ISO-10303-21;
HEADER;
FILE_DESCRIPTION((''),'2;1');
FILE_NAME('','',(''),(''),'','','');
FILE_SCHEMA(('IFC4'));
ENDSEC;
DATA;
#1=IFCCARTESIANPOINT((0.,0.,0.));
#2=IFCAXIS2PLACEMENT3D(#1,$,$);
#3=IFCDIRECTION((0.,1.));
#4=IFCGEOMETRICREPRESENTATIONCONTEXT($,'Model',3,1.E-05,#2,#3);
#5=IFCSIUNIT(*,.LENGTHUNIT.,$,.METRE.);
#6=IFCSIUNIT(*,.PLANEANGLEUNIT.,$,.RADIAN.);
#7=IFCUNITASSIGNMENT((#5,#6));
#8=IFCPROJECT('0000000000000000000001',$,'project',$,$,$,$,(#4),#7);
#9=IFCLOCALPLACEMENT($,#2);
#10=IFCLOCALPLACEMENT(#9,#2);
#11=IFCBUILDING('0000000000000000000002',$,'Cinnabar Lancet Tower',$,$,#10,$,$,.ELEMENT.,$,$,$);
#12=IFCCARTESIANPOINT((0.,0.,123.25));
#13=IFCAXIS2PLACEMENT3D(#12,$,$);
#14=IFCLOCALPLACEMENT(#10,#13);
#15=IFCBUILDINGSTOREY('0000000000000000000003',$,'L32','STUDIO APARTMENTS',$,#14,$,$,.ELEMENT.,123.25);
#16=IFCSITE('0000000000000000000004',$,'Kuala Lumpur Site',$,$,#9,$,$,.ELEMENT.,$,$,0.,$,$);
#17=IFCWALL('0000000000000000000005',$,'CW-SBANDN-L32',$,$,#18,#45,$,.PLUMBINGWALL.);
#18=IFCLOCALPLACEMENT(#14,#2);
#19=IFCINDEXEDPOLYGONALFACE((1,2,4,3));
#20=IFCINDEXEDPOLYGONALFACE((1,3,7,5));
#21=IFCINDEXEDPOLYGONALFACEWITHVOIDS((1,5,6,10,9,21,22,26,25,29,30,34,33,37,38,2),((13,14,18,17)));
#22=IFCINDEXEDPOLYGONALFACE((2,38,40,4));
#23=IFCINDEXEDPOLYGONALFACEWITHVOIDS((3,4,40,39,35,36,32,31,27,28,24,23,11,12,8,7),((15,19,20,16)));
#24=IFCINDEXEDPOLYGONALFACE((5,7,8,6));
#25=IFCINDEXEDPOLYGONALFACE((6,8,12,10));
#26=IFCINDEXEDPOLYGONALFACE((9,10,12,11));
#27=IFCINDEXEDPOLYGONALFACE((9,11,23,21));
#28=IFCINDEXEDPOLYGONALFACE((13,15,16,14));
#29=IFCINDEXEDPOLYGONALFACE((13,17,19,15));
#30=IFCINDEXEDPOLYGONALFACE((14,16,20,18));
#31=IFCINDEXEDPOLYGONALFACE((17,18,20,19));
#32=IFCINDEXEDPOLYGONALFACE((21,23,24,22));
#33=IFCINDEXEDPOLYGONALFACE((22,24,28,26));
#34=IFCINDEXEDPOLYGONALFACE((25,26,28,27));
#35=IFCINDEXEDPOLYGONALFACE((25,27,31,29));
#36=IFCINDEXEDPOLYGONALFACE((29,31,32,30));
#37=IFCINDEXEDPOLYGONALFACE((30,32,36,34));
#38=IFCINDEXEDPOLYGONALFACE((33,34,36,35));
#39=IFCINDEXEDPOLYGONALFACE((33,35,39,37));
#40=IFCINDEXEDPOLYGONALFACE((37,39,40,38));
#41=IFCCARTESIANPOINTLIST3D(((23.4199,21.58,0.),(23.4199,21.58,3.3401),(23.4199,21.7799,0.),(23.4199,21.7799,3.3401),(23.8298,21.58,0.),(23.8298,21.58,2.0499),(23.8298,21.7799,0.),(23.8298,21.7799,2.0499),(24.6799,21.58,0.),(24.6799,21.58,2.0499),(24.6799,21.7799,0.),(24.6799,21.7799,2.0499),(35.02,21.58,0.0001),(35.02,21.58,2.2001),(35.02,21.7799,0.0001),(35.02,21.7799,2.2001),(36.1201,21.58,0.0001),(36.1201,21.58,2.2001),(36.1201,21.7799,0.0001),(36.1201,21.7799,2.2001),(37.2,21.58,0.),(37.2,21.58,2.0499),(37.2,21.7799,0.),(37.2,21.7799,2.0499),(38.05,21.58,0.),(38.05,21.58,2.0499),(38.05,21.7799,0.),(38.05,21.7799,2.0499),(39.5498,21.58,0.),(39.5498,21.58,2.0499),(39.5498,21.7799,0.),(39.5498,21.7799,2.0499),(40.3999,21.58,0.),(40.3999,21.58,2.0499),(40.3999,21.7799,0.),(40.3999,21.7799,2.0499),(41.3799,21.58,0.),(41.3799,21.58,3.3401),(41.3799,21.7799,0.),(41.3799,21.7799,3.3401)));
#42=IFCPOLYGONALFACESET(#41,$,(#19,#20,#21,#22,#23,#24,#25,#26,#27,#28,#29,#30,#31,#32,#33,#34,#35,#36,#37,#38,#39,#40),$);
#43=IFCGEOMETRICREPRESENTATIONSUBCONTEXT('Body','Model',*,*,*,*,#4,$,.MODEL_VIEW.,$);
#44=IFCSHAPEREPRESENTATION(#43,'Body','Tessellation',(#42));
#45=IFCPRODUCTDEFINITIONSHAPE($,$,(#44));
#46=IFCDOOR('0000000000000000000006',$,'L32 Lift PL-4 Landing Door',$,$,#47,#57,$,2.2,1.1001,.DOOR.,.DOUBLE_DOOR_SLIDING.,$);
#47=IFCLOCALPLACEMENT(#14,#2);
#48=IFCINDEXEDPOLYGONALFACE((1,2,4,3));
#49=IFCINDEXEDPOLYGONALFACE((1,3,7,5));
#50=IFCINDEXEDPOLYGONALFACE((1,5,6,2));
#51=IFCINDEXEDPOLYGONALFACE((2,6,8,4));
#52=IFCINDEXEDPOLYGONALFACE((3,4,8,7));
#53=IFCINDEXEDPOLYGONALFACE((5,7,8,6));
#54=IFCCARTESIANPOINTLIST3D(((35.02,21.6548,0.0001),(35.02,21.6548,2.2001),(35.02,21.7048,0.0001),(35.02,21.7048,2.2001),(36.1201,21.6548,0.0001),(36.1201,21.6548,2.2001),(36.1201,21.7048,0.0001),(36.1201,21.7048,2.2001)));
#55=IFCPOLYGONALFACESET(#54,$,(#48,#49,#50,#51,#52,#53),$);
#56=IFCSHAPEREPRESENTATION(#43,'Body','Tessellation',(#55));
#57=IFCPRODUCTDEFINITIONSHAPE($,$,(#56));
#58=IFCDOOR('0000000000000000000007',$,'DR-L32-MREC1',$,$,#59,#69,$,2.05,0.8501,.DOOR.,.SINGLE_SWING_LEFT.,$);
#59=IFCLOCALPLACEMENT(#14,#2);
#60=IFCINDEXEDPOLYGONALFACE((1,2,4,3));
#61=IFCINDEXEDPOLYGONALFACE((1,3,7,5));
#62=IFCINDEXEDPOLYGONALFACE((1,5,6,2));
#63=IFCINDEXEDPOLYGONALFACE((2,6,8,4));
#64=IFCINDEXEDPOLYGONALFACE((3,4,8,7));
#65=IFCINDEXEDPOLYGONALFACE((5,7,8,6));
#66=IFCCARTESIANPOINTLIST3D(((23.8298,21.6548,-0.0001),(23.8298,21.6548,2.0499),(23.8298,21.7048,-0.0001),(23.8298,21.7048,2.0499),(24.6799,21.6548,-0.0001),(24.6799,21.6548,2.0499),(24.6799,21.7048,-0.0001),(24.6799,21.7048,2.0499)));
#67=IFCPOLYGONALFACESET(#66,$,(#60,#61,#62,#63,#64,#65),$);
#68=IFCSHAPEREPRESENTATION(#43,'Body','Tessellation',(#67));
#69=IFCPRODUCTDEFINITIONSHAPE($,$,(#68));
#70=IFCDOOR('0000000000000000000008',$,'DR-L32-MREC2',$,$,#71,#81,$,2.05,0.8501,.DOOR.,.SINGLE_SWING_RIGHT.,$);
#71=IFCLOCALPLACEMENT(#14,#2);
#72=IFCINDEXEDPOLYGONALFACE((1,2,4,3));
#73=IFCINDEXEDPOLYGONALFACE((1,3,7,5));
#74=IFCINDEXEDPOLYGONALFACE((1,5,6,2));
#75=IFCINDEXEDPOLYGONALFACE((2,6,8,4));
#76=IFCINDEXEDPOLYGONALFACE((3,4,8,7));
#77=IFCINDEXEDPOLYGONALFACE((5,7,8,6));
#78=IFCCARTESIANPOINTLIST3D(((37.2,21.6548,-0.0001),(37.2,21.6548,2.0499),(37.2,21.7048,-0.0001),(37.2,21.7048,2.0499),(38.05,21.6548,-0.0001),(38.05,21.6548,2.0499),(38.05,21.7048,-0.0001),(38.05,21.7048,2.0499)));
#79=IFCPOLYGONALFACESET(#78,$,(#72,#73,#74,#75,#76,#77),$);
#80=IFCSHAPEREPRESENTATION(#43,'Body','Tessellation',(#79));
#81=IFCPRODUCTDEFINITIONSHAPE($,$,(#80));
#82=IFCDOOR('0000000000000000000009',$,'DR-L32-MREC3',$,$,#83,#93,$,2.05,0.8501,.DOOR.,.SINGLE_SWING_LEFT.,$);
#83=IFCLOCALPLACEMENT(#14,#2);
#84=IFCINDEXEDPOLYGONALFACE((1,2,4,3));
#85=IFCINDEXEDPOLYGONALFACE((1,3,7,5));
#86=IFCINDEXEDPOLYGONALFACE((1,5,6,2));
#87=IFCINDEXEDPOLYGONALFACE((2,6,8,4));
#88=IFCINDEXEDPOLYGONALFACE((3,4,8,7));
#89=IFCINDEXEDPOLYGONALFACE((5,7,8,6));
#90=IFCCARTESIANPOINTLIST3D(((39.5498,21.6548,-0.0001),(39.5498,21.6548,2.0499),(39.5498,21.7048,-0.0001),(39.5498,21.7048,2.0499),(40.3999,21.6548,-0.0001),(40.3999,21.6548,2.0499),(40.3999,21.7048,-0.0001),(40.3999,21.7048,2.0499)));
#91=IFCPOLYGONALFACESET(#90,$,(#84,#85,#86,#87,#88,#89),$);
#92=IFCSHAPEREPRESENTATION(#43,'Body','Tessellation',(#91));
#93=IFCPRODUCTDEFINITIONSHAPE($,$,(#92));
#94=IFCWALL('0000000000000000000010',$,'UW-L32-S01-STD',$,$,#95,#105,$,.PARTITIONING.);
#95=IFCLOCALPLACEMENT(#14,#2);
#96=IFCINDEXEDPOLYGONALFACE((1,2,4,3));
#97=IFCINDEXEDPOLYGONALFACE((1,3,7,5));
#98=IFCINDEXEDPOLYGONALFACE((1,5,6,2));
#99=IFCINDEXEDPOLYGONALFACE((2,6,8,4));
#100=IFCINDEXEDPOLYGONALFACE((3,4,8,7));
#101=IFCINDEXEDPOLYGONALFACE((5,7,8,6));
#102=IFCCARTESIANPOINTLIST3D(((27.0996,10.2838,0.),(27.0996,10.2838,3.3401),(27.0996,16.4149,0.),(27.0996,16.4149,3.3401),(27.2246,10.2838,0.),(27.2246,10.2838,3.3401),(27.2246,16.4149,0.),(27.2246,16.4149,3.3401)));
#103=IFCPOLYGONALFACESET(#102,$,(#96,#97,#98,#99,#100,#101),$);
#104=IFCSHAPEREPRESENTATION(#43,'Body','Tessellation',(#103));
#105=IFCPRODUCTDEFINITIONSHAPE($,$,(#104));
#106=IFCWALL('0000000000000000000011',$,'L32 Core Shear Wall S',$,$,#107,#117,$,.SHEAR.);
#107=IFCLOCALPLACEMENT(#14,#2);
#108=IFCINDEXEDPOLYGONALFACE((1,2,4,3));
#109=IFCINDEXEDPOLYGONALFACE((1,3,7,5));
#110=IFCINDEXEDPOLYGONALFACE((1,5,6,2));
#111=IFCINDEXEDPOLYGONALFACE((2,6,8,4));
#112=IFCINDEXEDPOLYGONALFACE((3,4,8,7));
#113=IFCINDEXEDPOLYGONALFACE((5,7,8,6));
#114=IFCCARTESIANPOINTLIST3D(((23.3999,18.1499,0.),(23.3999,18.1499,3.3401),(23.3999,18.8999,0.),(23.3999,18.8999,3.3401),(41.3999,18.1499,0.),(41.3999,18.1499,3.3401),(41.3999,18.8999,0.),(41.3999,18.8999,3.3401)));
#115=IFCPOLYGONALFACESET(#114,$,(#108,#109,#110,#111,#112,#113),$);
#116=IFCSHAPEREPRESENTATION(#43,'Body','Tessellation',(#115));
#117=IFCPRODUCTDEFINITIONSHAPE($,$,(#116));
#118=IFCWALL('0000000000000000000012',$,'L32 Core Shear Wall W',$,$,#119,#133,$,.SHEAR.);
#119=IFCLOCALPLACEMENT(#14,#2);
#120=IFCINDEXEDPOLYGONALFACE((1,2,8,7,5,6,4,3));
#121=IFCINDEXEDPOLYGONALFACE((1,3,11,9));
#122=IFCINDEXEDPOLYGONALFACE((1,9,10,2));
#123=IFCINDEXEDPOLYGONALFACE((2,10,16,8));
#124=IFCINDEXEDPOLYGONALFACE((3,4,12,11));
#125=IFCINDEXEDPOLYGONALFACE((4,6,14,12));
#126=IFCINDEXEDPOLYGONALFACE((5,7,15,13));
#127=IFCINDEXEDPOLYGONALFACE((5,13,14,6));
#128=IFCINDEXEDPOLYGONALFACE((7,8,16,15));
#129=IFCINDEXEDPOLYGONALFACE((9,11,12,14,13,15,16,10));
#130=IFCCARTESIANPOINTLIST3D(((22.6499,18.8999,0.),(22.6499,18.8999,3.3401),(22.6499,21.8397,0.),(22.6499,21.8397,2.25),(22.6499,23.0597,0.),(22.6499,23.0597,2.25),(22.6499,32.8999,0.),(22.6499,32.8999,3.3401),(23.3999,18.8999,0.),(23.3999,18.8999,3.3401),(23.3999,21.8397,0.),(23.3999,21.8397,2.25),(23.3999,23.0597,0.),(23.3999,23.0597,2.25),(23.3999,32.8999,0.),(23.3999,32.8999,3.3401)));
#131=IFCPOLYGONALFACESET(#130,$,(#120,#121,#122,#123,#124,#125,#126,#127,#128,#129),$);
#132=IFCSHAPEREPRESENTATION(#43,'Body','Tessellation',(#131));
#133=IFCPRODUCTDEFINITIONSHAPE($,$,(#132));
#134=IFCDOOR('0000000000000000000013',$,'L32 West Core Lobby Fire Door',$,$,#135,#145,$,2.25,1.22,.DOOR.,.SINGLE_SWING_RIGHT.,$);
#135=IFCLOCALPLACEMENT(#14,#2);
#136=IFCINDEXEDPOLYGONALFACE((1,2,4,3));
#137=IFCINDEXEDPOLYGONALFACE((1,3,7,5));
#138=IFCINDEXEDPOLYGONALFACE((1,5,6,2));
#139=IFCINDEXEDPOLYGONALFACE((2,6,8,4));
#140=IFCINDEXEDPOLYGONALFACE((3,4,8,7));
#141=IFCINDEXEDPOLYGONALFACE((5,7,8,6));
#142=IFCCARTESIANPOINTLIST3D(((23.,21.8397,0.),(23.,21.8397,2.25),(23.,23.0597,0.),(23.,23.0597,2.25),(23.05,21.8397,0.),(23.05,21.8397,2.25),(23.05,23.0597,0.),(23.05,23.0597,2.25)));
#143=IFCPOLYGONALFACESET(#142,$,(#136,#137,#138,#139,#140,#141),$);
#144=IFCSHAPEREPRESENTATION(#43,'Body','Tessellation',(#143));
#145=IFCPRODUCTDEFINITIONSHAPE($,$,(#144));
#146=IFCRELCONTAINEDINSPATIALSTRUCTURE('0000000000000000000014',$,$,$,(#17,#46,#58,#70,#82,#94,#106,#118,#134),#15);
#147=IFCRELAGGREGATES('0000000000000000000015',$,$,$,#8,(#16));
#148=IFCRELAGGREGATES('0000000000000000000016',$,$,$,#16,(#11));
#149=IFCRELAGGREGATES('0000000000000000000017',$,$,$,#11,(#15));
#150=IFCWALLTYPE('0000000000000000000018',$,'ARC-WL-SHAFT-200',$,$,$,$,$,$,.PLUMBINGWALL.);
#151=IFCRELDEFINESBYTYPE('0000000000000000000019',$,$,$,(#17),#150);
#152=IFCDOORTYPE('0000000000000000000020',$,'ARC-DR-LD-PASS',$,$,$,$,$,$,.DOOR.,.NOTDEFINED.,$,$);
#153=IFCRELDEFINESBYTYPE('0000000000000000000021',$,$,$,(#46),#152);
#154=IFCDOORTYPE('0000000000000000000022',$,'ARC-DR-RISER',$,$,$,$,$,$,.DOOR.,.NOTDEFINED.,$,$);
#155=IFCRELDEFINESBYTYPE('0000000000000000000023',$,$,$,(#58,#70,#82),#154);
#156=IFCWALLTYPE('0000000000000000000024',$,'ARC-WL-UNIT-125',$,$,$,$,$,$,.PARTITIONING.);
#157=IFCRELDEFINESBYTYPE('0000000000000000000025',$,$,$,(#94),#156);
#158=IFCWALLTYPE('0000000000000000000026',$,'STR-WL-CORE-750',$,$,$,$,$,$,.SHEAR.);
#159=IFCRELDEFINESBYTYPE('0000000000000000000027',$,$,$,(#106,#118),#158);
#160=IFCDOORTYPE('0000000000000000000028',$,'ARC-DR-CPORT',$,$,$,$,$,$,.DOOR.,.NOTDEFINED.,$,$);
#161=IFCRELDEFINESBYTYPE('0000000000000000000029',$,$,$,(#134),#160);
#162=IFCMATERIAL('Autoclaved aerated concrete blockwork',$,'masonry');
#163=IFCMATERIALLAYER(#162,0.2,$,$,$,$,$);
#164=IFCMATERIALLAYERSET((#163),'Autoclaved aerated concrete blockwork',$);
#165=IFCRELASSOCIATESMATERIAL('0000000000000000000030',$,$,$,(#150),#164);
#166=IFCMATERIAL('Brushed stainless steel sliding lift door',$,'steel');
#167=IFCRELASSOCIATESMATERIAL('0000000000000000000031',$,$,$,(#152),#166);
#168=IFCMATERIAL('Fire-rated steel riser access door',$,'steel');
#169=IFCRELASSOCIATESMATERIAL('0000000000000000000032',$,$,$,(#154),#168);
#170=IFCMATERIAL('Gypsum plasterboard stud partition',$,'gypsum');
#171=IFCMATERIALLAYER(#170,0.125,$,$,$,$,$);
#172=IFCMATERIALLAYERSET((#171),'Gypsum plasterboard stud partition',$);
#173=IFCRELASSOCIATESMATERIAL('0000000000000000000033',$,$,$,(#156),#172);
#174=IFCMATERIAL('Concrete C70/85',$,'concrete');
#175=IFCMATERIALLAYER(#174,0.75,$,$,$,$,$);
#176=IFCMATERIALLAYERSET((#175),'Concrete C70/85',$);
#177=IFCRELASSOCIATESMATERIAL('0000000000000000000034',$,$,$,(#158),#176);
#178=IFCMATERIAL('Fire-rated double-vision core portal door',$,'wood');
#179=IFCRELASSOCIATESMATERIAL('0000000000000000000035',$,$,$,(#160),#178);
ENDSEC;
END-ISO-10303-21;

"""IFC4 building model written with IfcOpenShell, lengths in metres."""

from ifc_helpers import new_model, si_unit, direction, frame, frame_2d, origin, place, context, subcontext, project, spatial, rectangle, extrude, material, layer, layer_set, type_object, element, fill, save


model = new_model("IFC4")

# Units and contexts
model_context = context("Model", 3, precision=1e-05, world=origin(), true_north=direction((0.0, 1.0)))
body_context = subcontext(model_context, "Body", "Model", "MODEL_VIEW")
ifc_project = project(units=[si_unit("LENGTHUNIT", "METRE"), si_unit("PLANEANGLEUNIT", "RADIAN")], contexts=[model_context])

# Site, building, storey
site_placement = place(None, origin())
site = spatial("IfcSite", under=ifc_project, at=site_placement, Name="Kuala Lumpur Site", CompositionType="ELEMENT", RefElevation=0.0)
building_placement = place(site_placement, origin())
building = spatial("IfcBuilding", under=site, at=building_placement, Name="Cinnabar Lancet Tower", CompositionType="ELEMENT")
storey_placement = place(building_placement, frame((0.0, 0.0, 123.25)))
storey = spatial("IfcBuildingStorey", under=building, at=storey_placement, Name="L32", Description="STUDIO APARTMENTS", CompositionType="ELEMENT", Elevation=123.25)

# Shared definitions
ifc_material_1 = material(Name="Autoclaved aerated concrete blockwork", Category="masonry")
ifc_layer_1 = layer(ifc_material_1, 0.2)
ifc_layer_set_1 = layer_set([ifc_layer_1], Name="Autoclaved aerated concrete blockwork")
wall_type_1 = type_object("IfcWallType", Name="ARC-WL-SHAFT-200", PredefinedType="PLUMBINGWALL", material=ifc_layer_set_1)

# Shared definitions
ifc_material_2 = material(Name="Brushed stainless steel sliding lift door", Category="steel")
door_type_1 = type_object("IfcDoorType", Name="ARC-DR-LD-PASS", OperationType="NOTDEFINED", PredefinedType="DOOR", material=ifc_material_2)

# Wall, openings, doors
wall_1_placement = place(storey_placement, frame((23.4199, 21.6799, 0.0), z_axis=(0.0, 0.0, 1.0), x_axis=(1.0, 0.0, 0.0)))
wall_1 = element("IfcWall", 1, at=wall_1_placement, inside=storey, type_object=wall_type_1, Name="CW-SBANDN-L32", PredefinedType="PLUMBINGWALL", context=body_context, shape_type="SweptSolid", body=[
    extrude(rectangle(XDim=17.96, YDim=0.2, at=frame_2d((8.98, 0.0))), origin(), (0.0, 0.0, 1.0), 3.3401),
])
opening_1_placement = place(wall_1_placement, frame((11.6001, 0.0, 0.0)))
opening_1 = element("IfcOpeningElement", 2, at=opening_1_placement, cuts=wall_1, PredefinedType="OPENING", context=body_context, shape_type="SweptSolid", body=[
    extrude(rectangle(XDim=1.1001, YDim=2.2, at=frame_2d((0.55, 1.1001))), frame((0.0, 0.1099, 0.0), z_axis=(0.0, -1.0, 0.0), x_axis=(1.0, 0.0, 0.0)), (0.0, 0.0, 1.0), 0.22),
])
opening_2_placement = place(wall_1_placement, frame((0.4099, 0.0, 0.0)))
opening_2 = element("IfcOpeningElement", 3, at=opening_2_placement, cuts=wall_1, PredefinedType="OPENING", context=body_context, shape_type="SweptSolid", body=[
    extrude(rectangle(XDim=0.8501, YDim=2.05, at=frame_2d((0.425, 1.0249))), frame((0.0, 0.1099, 0.0), z_axis=(0.0, -1.0, 0.0), x_axis=(1.0, 0.0, 0.0)), (0.0, 0.0, 1.0), 0.22),
])
opening_3_placement = place(wall_1_placement, frame((13.78, 0.0, 0.0)))
opening_3 = element("IfcOpeningElement", 4, at=opening_3_placement, cuts=wall_1, PredefinedType="OPENING", context=body_context, shape_type="SweptSolid", body=[
    extrude(rectangle(XDim=0.8501, YDim=2.05, at=frame_2d((0.425, 1.0249))), frame((0.0, 0.1099, 0.0), z_axis=(0.0, -1.0, 0.0), x_axis=(1.0, 0.0, 0.0)), (0.0, 0.0, 1.0), 0.22),
])
opening_4_placement = place(wall_1_placement, frame((16.1299, 0.0, 0.0)))
opening_4 = element("IfcOpeningElement", 5, at=opening_4_placement, cuts=wall_1, PredefinedType="OPENING", context=body_context, shape_type="SweptSolid", body=[
    extrude(rectangle(XDim=0.8501, YDim=2.05, at=frame_2d((0.425, 1.0249))), frame((0.0, 0.1099, 0.0), z_axis=(0.0, -1.0, 0.0), x_axis=(1.0, 0.0, 0.0)), (0.0, 0.0, 1.0), 0.22),
])
door_1_placement = place(opening_1_placement, origin())
door_1 = element("IfcDoor", 6, at=door_1_placement, inside=storey, type_object=door_type_1, Name="L32 Lift PL-4 Landing Door", OperationType="DOUBLE_DOOR_SLIDING", OverallHeight=2.2, OverallWidth=1.1001, PredefinedType="DOOR", context=body_context, shape_type="SweptSolid", body=[
    extrude(rectangle(XDim=1.1001, YDim=2.2, at=frame_2d((0.55, 1.1001))), frame((0.0, 0.0249, 0.0), z_axis=(0.0, -1.0, 0.0), x_axis=(1.0, 0.0, 0.0)), (0.0, 0.0, 1.0), 0.05),
])
fill(opening_1, door_1)
ifc_material_3 = material(Name="Fire-rated steel riser access door", Category="steel")
door_type_2 = type_object("IfcDoorType", Name="ARC-DR-RISER", OperationType="NOTDEFINED", PredefinedType="DOOR", material=ifc_material_3)
door_2_placement = place(opening_2_placement, origin())
door_2 = element("IfcDoor", 7, at=door_2_placement, inside=storey, type_object=door_type_2, Name="DR-L32-MREC1", OperationType="SINGLE_SWING_LEFT", OverallHeight=2.05, OverallWidth=0.8501, PredefinedType="DOOR", context=body_context, shape_type="SweptSolid", body=[
    extrude(rectangle(XDim=0.8501, YDim=2.05, at=frame_2d((0.425, 1.0249))), frame((0.0, 0.0249, 0.0), z_axis=(0.0, -1.0, 0.0), x_axis=(1.0, 0.0, 0.0)), (0.0, 0.0, 1.0), 0.05),
])
fill(opening_2, door_2)
door_3_placement = place(opening_3_placement, origin())
door_3 = element("IfcDoor", 8, at=door_3_placement, inside=storey, type_object=door_type_2, Name="DR-L32-MREC2", OperationType="SINGLE_SWING_RIGHT", OverallHeight=2.05, OverallWidth=0.8501, PredefinedType="DOOR", context=body_context, shape_type="SweptSolid", body=[
    extrude(rectangle(XDim=0.8501, YDim=2.05, at=frame_2d((0.425, 1.0249))), frame((0.0, 0.0249, 0.0), z_axis=(0.0, -1.0, 0.0), x_axis=(1.0, 0.0, 0.0)), (0.0, 0.0, 1.0), 0.05),
])
fill(opening_3, door_3)
door_4_placement = place(opening_4_placement, origin())
door_4 = element("IfcDoor", 9, at=door_4_placement, inside=storey, type_object=door_type_2, Name="DR-L32-MREC3", OperationType="SINGLE_SWING_LEFT", OverallHeight=2.05, OverallWidth=0.8501, PredefinedType="DOOR", context=body_context, shape_type="SweptSolid", body=[
    extrude(rectangle(XDim=0.8501, YDim=2.05, at=frame_2d((0.425, 1.0249))), frame((0.0, 0.0249, 0.0), z_axis=(0.0, -1.0, 0.0), x_axis=(1.0, 0.0, 0.0)), (0.0, 0.0, 1.0), 0.05),
])
fill(opening_4, door_4)

# Walls
ifc_material_4 = material(Name="Gypsum plasterboard stud partition", Category="gypsum")
ifc_layer_2 = layer(ifc_material_4, 0.125)
ifc_layer_set_2 = layer_set([ifc_layer_2], Name="Gypsum plasterboard stud partition")
wall_type_2 = type_object("IfcWallType", Name="ARC-WL-UNIT-125", PredefinedType="PARTITIONING", material=ifc_layer_set_2)
wall_2_placement = place(storey_placement, frame((27.1621, 10.2839, 0.0), z_axis=(0.0, 0.0, 1.0), x_axis=(0.0, 1.0, 0.0)))
element("IfcWall", 10, at=wall_2_placement, inside=storey, type_object=wall_type_2, Name="UW-L32-S01-STD", PredefinedType="PARTITIONING", context=body_context, shape_type="SweptSolid", body=[
    extrude(rectangle(XDim=6.1311, YDim=0.125, at=frame_2d((3.0654, 0.0))), origin(), (0.0, 0.0, 1.0), 3.3401),
])
ifc_material_5 = material(Name="Concrete C70/85", Category="concrete")
ifc_layer_3 = layer(ifc_material_5, 0.75)
ifc_layer_set_3 = layer_set([ifc_layer_3], Name="Concrete C70/85")
wall_type_3 = type_object("IfcWallType", Name="STR-WL-CORE-750", PredefinedType="SHEAR", material=ifc_layer_set_3)
wall_3_placement = place(storey_placement, frame((23.3999, 18.5249, 0.0), z_axis=(0.0, 0.0, 1.0), x_axis=(1.0, 0.0, 0.0)))
element("IfcWall", 11, at=wall_3_placement, inside=storey, type_object=wall_type_3, Name="L32 Core Shear Wall S", PredefinedType="SHEAR", context=body_context, shape_type="SweptSolid", body=[
    extrude(rectangle(XDim=18.0, YDim=0.75, at=frame_2d((9.0, 0.0))), origin(), (0.0, 0.0, 1.0), 3.3401),
])

# Wall, opening, door
wall_4_placement = place(storey_placement, frame((23.0249, 18.8999, 0.0), z_axis=(0.0, 0.0, 1.0), x_axis=(0.0, 1.0, 0.0)))
wall_4 = element("IfcWall", 12, at=wall_4_placement, inside=storey, type_object=wall_type_3, Name="L32 Core Shear Wall W", PredefinedType="SHEAR", context=body_context, shape_type="SweptSolid", body=[
    extrude(rectangle(XDim=14.0, YDim=0.75, at=frame_2d((7.0, 0.0))), origin(), (0.0, 0.0, 1.0), 3.3401),
])
opening_5_placement = place(wall_4_placement, frame((2.9399, 0.0, 0.0)))
opening_5 = element("IfcOpeningElement", 13, at=opening_5_placement, cuts=wall_4, PredefinedType="OPENING", context=body_context, shape_type="SweptSolid", body=[
    extrude(rectangle(XDim=1.22, YDim=2.25, at=frame_2d((0.6099, 1.125))), frame((0.0, 0.385, 0.0), z_axis=(0.0, -1.0, 0.0), x_axis=(1.0, 0.0, 0.0)), (0.0, 0.0, 1.0), 0.77),
])
ifc_material_6 = material(Name="Fire-rated double-vision core portal door", Category="wood")
door_type_3 = type_object("IfcDoorType", Name="ARC-DR-CPORT", OperationType="NOTDEFINED", PredefinedType="DOOR", material=ifc_material_6)
door_5_placement = place(opening_5_placement, origin())
door_5 = element("IfcDoor", 14, at=door_5_placement, inside=storey, type_object=door_type_3, Name="L32 West Core Lobby Fire Door", OperationType="SINGLE_SWING_RIGHT", OverallHeight=2.25, OverallWidth=1.22, PredefinedType="DOOR", context=body_context, shape_type="SweptSolid", body=[
    extrude(rectangle(XDim=1.22, YDim=2.25, at=frame_2d((0.6099, 1.125))), frame((0.0, 0.0249, 0.0), z_axis=(0.0, -1.0, 0.0), x_axis=(1.0, 0.0, 0.0)), (0.0, 0.0, 1.0), 0.05),
])
fill(opening_5, door_5)

save(model, "model.ifc")
